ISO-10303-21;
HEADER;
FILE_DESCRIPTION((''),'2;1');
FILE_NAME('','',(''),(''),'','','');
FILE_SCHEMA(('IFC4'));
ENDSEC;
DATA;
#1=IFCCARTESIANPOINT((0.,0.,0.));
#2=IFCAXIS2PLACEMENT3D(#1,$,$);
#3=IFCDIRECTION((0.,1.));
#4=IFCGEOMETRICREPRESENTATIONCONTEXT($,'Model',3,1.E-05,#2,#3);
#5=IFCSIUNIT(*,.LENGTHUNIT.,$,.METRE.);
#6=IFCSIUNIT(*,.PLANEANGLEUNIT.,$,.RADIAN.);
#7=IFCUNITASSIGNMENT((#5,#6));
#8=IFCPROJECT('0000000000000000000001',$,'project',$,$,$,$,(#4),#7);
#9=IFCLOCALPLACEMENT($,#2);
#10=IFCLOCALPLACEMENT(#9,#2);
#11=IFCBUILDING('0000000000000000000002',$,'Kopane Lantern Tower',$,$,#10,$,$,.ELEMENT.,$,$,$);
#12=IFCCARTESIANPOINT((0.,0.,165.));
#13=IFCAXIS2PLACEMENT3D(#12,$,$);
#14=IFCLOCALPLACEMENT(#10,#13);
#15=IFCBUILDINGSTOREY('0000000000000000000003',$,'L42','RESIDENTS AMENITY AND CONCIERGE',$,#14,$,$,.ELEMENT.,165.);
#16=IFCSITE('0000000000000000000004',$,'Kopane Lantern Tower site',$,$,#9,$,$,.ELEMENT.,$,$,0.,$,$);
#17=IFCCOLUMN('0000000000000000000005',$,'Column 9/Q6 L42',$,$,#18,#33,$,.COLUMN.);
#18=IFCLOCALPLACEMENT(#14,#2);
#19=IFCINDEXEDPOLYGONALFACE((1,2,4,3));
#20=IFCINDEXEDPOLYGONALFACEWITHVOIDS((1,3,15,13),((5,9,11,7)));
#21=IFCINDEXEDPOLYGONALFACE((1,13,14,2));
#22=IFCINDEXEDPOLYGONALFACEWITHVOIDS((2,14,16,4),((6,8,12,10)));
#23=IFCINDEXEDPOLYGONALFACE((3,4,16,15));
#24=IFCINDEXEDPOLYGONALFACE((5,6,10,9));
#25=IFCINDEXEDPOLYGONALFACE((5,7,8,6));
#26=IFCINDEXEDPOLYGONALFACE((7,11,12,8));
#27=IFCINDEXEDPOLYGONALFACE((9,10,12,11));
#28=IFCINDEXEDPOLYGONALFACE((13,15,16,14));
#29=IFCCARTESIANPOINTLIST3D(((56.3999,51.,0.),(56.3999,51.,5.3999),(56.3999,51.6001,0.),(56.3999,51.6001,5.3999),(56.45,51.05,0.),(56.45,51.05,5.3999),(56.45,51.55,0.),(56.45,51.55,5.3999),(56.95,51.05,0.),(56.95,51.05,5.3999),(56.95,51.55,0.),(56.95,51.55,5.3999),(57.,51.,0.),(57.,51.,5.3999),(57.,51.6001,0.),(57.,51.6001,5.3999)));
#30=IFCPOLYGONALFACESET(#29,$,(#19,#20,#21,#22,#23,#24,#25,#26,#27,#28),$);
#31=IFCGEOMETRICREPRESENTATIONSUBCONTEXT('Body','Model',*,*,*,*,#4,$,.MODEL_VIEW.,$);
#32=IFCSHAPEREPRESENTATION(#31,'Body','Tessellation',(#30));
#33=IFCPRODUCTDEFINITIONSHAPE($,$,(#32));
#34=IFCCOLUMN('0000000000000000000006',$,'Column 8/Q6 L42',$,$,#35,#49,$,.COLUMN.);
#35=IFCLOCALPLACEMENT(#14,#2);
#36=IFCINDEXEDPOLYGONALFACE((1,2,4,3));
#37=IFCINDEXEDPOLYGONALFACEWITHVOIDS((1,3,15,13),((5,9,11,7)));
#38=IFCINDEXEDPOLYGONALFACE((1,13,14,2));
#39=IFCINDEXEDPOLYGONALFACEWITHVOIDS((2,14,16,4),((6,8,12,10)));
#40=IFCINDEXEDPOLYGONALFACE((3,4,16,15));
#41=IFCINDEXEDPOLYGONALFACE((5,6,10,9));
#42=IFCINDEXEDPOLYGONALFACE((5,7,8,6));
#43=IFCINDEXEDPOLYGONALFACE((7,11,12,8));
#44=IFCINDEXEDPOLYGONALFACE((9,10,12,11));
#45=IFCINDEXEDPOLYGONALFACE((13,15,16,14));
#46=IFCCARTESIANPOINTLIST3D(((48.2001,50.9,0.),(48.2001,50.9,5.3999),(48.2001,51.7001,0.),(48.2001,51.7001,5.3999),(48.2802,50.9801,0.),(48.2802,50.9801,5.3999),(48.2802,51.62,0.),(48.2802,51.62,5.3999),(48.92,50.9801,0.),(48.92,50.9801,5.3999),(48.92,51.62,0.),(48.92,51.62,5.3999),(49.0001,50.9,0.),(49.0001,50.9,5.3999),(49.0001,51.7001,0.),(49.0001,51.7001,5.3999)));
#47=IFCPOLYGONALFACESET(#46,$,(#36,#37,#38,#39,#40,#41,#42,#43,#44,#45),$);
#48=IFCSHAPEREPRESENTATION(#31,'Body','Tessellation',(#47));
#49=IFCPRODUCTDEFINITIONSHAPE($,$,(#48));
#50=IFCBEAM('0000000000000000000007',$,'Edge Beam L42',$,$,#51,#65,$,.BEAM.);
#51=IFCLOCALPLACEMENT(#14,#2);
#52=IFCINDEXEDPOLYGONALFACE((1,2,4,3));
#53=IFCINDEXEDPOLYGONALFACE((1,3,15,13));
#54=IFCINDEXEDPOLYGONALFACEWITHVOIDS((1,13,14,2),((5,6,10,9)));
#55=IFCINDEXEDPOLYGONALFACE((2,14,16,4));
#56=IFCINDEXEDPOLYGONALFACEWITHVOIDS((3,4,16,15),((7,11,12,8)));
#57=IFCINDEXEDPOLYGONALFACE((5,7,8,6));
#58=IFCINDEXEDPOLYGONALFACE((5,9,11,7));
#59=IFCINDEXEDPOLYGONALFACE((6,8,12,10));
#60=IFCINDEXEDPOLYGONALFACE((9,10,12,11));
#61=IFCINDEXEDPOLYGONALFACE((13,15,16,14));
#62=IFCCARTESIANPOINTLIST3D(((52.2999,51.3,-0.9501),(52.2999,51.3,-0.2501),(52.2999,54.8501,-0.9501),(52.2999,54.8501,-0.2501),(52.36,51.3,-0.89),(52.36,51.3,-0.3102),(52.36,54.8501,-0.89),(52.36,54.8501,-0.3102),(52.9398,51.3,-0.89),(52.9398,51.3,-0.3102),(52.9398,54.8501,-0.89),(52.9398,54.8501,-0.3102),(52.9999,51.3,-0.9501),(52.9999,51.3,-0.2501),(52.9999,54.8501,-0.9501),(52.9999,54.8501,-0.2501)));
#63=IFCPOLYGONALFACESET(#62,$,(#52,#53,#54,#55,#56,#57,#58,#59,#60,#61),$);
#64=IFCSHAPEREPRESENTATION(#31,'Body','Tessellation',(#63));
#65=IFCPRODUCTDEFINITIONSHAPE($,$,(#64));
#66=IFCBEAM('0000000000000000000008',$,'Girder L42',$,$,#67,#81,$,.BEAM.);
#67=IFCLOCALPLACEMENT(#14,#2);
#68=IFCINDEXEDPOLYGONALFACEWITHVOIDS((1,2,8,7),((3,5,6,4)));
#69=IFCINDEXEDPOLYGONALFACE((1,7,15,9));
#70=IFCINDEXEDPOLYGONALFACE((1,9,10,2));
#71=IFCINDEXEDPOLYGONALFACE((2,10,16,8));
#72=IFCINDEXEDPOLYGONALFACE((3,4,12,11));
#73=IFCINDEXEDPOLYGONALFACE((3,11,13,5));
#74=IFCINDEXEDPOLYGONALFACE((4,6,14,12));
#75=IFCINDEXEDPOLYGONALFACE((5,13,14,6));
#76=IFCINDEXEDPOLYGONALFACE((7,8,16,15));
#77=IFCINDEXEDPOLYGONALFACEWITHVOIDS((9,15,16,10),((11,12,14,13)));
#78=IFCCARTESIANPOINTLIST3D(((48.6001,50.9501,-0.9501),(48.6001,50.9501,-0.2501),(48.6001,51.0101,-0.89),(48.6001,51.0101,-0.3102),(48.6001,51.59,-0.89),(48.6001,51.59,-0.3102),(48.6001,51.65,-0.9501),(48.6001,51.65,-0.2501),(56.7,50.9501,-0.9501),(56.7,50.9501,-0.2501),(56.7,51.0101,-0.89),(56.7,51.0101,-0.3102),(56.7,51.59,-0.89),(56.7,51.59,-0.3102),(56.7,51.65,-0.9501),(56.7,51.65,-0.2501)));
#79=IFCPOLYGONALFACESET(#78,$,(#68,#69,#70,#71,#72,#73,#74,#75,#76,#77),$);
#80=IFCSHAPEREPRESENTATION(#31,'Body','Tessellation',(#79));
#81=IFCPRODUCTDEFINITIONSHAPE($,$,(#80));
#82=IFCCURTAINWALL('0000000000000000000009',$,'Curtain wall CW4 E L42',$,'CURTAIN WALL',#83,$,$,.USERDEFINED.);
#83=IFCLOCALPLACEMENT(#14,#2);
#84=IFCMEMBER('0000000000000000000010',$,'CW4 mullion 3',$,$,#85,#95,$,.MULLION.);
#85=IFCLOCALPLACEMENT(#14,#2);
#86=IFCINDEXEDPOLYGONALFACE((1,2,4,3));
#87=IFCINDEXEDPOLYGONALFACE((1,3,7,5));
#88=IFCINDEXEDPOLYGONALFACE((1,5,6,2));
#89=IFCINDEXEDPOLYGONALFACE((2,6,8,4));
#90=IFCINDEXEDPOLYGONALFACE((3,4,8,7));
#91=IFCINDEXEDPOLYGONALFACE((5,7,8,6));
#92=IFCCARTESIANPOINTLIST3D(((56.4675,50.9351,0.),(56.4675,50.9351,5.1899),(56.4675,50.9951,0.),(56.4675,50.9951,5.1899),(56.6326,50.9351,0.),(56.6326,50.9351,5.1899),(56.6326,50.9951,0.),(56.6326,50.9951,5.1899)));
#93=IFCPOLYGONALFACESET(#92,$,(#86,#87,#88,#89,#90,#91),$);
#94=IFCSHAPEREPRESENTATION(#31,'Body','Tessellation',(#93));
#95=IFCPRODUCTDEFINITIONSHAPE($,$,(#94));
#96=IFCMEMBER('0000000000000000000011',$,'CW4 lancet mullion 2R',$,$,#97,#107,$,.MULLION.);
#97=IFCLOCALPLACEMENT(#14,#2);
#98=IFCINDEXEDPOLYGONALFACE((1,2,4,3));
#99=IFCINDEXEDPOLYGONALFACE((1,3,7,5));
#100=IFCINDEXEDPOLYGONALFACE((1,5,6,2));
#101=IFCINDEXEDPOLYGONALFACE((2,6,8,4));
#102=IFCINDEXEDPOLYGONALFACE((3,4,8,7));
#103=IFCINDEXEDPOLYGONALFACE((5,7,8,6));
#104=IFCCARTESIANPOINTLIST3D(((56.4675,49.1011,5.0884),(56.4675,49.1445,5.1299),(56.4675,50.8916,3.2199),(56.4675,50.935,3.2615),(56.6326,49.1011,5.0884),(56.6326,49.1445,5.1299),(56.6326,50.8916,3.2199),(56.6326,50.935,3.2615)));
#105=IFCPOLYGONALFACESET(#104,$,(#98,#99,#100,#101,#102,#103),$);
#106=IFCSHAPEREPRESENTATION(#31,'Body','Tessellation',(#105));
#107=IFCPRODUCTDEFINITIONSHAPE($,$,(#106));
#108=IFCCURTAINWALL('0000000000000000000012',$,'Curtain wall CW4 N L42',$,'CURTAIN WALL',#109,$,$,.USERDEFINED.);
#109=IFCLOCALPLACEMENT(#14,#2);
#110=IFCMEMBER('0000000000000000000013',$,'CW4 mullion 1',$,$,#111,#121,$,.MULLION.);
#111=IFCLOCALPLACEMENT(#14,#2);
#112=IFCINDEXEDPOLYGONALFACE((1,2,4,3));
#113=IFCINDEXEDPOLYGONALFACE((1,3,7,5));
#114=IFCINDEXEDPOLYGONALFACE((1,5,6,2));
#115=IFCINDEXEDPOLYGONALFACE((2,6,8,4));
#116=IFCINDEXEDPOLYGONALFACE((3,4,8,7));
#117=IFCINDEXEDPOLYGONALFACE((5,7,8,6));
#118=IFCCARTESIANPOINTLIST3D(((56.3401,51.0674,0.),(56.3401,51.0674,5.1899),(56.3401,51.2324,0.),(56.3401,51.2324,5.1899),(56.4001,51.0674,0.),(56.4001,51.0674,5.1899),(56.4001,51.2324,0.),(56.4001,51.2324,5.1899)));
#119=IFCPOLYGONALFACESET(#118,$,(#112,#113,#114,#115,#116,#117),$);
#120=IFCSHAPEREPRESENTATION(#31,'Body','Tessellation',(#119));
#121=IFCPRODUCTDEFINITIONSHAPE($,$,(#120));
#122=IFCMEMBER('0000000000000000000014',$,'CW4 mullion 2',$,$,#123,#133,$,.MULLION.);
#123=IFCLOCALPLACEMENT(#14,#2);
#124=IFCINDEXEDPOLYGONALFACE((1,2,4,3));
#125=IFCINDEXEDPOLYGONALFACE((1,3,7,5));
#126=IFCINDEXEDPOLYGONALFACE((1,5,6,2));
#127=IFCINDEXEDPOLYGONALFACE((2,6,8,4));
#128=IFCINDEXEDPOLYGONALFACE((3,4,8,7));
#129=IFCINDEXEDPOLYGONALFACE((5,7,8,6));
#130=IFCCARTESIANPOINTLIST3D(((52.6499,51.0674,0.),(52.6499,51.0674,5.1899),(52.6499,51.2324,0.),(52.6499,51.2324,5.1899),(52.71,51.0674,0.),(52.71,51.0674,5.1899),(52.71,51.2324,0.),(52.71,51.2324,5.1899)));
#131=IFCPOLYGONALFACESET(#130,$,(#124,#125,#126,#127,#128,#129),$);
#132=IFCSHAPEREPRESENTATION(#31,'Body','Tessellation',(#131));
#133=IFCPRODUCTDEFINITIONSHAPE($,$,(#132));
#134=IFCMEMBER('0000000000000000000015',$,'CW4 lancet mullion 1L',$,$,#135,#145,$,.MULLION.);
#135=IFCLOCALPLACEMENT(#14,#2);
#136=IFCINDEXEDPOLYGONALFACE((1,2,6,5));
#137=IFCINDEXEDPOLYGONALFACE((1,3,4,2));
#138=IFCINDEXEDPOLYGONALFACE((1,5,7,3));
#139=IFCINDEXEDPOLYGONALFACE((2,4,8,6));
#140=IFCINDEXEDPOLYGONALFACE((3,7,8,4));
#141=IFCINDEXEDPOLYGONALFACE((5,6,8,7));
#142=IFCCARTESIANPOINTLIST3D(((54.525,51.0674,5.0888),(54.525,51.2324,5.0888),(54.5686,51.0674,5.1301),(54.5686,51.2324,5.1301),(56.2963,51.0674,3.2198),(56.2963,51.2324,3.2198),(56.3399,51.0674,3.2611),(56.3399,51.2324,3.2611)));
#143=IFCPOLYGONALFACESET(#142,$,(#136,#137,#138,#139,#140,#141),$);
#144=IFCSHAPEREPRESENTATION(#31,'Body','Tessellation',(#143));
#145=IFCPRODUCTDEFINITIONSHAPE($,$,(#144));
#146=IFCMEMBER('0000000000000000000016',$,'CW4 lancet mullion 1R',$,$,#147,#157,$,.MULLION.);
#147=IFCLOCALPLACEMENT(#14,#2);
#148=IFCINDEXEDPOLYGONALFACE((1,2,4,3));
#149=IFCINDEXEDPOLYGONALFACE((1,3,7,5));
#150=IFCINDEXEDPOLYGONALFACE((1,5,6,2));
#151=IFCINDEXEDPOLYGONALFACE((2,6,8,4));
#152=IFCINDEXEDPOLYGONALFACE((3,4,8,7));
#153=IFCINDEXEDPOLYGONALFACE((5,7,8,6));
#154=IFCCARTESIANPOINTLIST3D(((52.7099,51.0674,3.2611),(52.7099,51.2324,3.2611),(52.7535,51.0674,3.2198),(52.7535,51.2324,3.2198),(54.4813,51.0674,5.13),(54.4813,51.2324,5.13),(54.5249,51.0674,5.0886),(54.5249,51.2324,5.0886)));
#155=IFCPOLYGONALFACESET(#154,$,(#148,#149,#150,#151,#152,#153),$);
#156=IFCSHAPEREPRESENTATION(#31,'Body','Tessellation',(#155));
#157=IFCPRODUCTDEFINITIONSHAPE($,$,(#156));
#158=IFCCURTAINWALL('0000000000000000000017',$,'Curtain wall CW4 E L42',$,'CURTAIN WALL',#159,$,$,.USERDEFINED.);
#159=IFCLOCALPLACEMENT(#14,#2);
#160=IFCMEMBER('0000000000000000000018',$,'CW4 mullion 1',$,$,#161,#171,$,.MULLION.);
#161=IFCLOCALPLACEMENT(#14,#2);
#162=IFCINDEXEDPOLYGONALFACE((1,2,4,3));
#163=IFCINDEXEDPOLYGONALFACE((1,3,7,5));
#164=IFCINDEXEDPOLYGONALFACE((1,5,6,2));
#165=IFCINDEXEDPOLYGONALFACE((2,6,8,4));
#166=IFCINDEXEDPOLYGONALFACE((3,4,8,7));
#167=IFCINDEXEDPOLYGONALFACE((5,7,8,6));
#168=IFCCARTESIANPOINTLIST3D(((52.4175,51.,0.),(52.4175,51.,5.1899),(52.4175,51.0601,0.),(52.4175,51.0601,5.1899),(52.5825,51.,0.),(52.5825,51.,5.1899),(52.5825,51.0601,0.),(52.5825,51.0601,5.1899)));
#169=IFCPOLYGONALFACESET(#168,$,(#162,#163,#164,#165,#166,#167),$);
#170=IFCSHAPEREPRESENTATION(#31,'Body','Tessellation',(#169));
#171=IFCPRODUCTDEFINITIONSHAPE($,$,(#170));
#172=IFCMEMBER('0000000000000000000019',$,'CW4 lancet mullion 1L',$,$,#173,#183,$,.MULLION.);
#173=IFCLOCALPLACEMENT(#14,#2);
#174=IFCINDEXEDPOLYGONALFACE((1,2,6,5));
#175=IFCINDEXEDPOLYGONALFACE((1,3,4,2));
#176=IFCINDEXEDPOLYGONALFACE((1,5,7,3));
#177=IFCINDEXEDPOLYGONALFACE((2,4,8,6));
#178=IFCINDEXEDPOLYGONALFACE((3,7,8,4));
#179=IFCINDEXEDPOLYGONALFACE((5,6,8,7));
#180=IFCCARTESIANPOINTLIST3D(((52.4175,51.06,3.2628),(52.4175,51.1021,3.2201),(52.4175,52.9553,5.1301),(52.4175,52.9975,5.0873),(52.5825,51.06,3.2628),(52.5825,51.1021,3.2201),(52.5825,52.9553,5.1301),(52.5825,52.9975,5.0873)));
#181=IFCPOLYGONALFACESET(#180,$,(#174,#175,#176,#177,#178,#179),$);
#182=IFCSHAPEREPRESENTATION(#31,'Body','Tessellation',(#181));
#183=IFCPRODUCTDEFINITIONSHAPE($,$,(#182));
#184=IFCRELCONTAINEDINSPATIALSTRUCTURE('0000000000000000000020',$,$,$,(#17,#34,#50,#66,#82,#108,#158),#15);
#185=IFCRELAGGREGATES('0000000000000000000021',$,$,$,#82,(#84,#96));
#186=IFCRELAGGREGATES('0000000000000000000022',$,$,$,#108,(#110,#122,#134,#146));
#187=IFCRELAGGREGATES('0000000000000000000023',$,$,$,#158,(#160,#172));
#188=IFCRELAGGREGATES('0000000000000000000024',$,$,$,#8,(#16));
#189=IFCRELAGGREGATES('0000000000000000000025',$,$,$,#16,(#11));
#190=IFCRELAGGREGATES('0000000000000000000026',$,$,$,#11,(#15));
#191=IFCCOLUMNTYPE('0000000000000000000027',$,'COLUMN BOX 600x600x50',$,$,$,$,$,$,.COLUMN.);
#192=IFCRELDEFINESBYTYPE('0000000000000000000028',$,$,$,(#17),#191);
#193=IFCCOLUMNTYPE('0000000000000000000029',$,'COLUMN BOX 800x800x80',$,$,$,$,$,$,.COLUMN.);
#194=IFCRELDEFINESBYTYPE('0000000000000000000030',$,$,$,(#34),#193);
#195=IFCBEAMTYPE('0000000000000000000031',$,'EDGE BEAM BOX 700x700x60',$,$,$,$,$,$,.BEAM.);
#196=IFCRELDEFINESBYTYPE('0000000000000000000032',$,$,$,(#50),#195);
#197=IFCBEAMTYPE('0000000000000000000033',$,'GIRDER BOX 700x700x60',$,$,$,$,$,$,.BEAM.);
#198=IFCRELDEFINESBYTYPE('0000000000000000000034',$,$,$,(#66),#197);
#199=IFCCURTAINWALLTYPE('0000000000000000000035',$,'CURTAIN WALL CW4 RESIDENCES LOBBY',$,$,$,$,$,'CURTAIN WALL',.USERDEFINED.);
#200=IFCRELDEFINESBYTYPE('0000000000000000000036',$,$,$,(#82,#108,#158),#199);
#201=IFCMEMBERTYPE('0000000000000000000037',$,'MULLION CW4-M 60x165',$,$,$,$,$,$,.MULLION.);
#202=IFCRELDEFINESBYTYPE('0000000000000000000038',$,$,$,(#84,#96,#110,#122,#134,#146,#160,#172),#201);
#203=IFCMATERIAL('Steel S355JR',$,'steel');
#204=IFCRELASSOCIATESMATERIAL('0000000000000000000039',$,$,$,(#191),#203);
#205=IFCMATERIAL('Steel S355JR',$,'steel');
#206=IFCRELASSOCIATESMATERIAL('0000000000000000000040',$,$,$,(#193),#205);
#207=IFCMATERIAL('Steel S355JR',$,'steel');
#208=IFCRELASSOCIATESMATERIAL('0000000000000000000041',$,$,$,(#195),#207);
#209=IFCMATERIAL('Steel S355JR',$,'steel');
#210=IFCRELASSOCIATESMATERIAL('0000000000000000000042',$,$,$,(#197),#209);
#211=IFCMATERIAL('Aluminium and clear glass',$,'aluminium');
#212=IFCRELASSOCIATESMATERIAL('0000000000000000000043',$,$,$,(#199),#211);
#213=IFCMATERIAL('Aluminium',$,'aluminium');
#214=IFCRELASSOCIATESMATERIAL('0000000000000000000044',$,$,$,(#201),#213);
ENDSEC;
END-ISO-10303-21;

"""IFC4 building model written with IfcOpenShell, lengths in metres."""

from ifc_helpers import new_model, si_unit, direction, frame, origin, origin_2d, place, context, subcontext, project, spatial, rectangle, hollow_rectangle, extrude, material, material_profile, profile_set, type_object, element, aggregate, save


model = new_model("IFC4")

# Units and contexts
model_context = context("Model", 3, precision=1e-05, world=origin(), true_north=direction((0.0, 1.0)))
body_context = subcontext(model_context, "Body", "Model", "MODEL_VIEW")
ifc_project = project(units=[si_unit("LENGTHUNIT", "METRE"), si_unit("PLANEANGLEUNIT", "RADIAN")], contexts=[model_context])

# Site, building, storey
site_placement = place(None, origin())
site = spatial("IfcSite", under=ifc_project, at=site_placement, Name="Kopane Lantern Tower site", CompositionType="ELEMENT", RefElevation=0.0)
building_placement = place(site_placement, origin())
building = spatial("IfcBuilding", under=site, at=building_placement, Name="Kopane Lantern Tower", CompositionType="ELEMENT")
storey_placement = place(building_placement, frame((0.0, 0.0, 165.0)))
storey = spatial("IfcBuildingStorey", under=building, at=storey_placement, Name="L42", Description="RESIDENTS AMENITY AND CONCIERGE", CompositionType="ELEMENT", Elevation=165.0)

# Columns
ifc_material_1 = material(Name="Steel S355JR", Category="steel")
ifc_material_profile_1 = material_profile(ifc_material_1, hollow_rectangle(XDim=0.6001, YDim=0.6001, WallThickness=0.05, at=origin_2d()), Name="BOX 600x600x50")
ifc_profile_set_1 = profile_set([ifc_material_profile_1], Name="Steel S355JR")
column_type_1 = type_object("IfcColumnType", Name="COLUMN BOX 600x600x50", PredefinedType="COLUMN", material=ifc_profile_set_1)
column_1_placement = place(storey_placement, frame((56.7, 51.3, 0.0), z_axis=(0.0, 0.0, 1.0), x_axis=(1.0, 0.0, 0.0)))
element("IfcColumn", 1, at=column_1_placement, inside=storey, type_object=column_type_1, Name="Column 9/Q6 L42", PredefinedType="COLUMN", context=body_context, shape_type="SweptSolid", body=[
    extrude(hollow_rectangle(XDim=0.6001, YDim=0.6001, WallThickness=0.05, at=origin_2d()), origin(), (0.0, 0.0, 1.0), 5.3999),
])
ifc_material_2 = material(Name="Steel S355JR", Category="steel")
ifc_material_profile_2 = material_profile(ifc_material_2, hollow_rectangle(XDim=0.8, YDim=0.8, WallThickness=0.0801, at=origin_2d()), Name="BOX 800x800x80")
ifc_profile_set_2 = profile_set([ifc_material_profile_2], Name="Steel S355JR")
column_type_2 = type_object("IfcColumnType", Name="COLUMN BOX 800x800x80", PredefinedType="COLUMN", material=ifc_profile_set_2)
column_2_placement = place(storey_placement, frame((48.6001, 51.3, 0.0), z_axis=(0.0, 0.0, 1.0), x_axis=(1.0, 0.0, 0.0)))
element("IfcColumn", 2, at=column_2_placement, inside=storey, type_object=column_type_2, Name="Column 8/Q6 L42", PredefinedType="COLUMN", context=body_context, shape_type="SweptSolid", body=[
    extrude(hollow_rectangle(XDim=0.8, YDim=0.8, WallThickness=0.0801, at=origin_2d()), origin(), (0.0, 0.0, 1.0), 5.3999),
])

# Beams
ifc_material_3 = material(Name="Steel S355JR", Category="steel")
ifc_material_profile_3 = material_profile(ifc_material_3, hollow_rectangle(XDim=0.7, YDim=0.7, WallThickness=0.0601, at=origin_2d()), Name="BOX 700x700x60")
ifc_profile_set_3 = profile_set([ifc_material_profile_3], Name="Steel S355JR")
beam_type_1 = type_object("IfcBeamType", Name="EDGE BEAM BOX 700x700x60", PredefinedType="BEAM", material=ifc_profile_set_3)
beam_1_placement = place(storey_placement, frame((52.6499, 54.8501, -0.6001), z_axis=(0.0, -1.0, 0.0), x_axis=(1.0, 0.0, 0.0)))
element("IfcBeam", 3, at=beam_1_placement, inside=storey, type_object=beam_type_1, Name="Edge Beam L42", PredefinedType="BEAM", context=body_context, shape_type="SweptSolid", body=[
    extrude(hollow_rectangle(XDim=0.7, YDim=0.7, WallThickness=0.0601, at=origin_2d()), origin(), (0.0, 0.0, 1.0), 3.55),
])
ifc_material_4 = material(Name="Steel S355JR", Category="steel")
ifc_material_profile_4 = material_profile(ifc_material_4, hollow_rectangle(XDim=0.7, YDim=0.7, WallThickness=0.0601, at=origin_2d()), Name="BOX 700x700x60")
ifc_profile_set_4 = profile_set([ifc_material_profile_4], Name="Steel S355JR")
beam_type_2 = type_object("IfcBeamType", Name="GIRDER BOX 700x700x60", PredefinedType="BEAM", material=ifc_profile_set_4)
beam_2_placement = place(storey_placement, frame((48.6001, 51.3, -0.6001), z_axis=(1.0, 0.0, 0.0), x_axis=(0.0, 1.0, 0.0)))
element("IfcBeam", 4, at=beam_2_placement, inside=storey, type_object=beam_type_2, Name="Girder L42", PredefinedType="BEAM", context=body_context, shape_type="SweptSolid", body=[
    extrude(hollow_rectangle(XDim=0.7, YDim=0.7, WallThickness=0.0601, at=origin_2d()), origin(), (0.0, 0.0, 1.0), 8.0999),
])

# Curtain walls, members
ifc_material_5 = material(Name="Aluminium and clear glass", Category="aluminium")
curtain_wall_type = type_object("IfcCurtainWallType", Name="CURTAIN WALL CW4 RESIDENCES LOBBY", ElementType="CURTAIN WALL", PredefinedType="USERDEFINED", material=ifc_material_5)
curtain_wall_1_placement = place(storey_placement, origin())
curtain_wall_1 = element("IfcCurtainWall", 5, at=curtain_wall_1_placement, inside=storey, type_object=curtain_wall_type, Name="Curtain wall CW4 E L42", ObjectType="CURTAIN WALL", PredefinedType="USERDEFINED")
ifc_material_6 = material(Name="Aluminium", Category="aluminium")
ifc_material_profile_5 = material_profile(ifc_material_6, rectangle(XDim=0.0601, YDim=0.165, at=origin_2d()), Name="AL 60x165")
ifc_profile_set_5 = profile_set([ifc_material_profile_5], Name="Aluminium")
member_type_1 = type_object("IfcMemberType", Name="MULLION CW4-M 60x165", PredefinedType="MULLION", material=ifc_profile_set_5)
member_1_placement = place(storey_placement, frame((56.55, 50.9651, 0.0), z_axis=(0.0, 0.0, 1.0), x_axis=(0.0, 1.0, 0.0)))
member_1 = element("IfcMember", 6, at=member_1_placement, type_object=member_type_1, Name="CW4 mullion 3", PredefinedType="MULLION", context=body_context, shape_type="SweptSolid", body=[
    extrude(rectangle(XDim=0.0601, YDim=0.165, at=origin_2d()), origin(), (0.0, 0.0, 1.0), 5.1899),
])
member_2_placement = place(storey_placement, frame((56.55, 50.9133, 3.2407), z_axis=(0.0, -0.691899, 0.721994), x_axis=(0.0, 0.721994, 0.691899)))
member_2 = element("IfcMember", 7, at=member_2_placement, type_object=member_type_1, Name="CW4 lancet mullion 2R", PredefinedType="MULLION", context=body_context, shape_type="SweptSolid", body=[
    extrude(rectangle(XDim=0.0601, YDim=0.165, at=origin_2d()), origin(), (0.0, 0.0, 1.0), 2.5879),
])
curtain_wall_2_placement = place(storey_placement, origin())
curtain_wall_2 = element("IfcCurtainWall", 8, at=curtain_wall_2_placement, inside=storey, type_object=curtain_wall_type, Name="Curtain wall CW4 N L42", ObjectType="CURTAIN WALL", PredefinedType="USERDEFINED")
member_3_placement = place(storey_placement, frame((56.3701, 51.1499, 0.0), z_axis=(0.0, 0.0, 1.0), x_axis=(-1.0, 0.0, 0.0)))
member_3 = element("IfcMember", 9, at=member_3_placement, type_object=member_type_1, Name="CW4 mullion 1", PredefinedType="MULLION", context=body_context, shape_type="SweptSolid", body=[
    extrude(rectangle(XDim=0.0601, YDim=0.165, at=origin_2d()), origin(), (0.0, 0.0, 1.0), 5.1899),
])
member_4_placement = place(storey_placement, frame((52.6799, 51.1499, 0.0), z_axis=(0.0, 0.0, 1.0), x_axis=(-1.0, 0.0, 0.0)))
member_4 = element("IfcMember", 10, at=member_4_placement, type_object=member_type_1, Name="CW4 mullion 2", PredefinedType="MULLION", context=body_context, shape_type="SweptSolid", body=[
    extrude(rectangle(XDim=0.0601, YDim=0.165, at=origin_2d()), origin(), (0.0, 0.0, 1.0), 5.1899),
])
member_5_placement = place(storey_placement, frame((56.3181, 51.1499, 3.2405), z_axis=(-0.687889, 0.0, 0.725816), x_axis=(0.725816, 0.0, 0.687889)))
member_5 = element("IfcMember", 11, at=member_5_placement, type_object=member_type_1, Name="CW4 lancet mullion 1L", PredefinedType="MULLION", context=body_context, shape_type="SweptSolid", body=[
    extrude(rectangle(XDim=0.0601, YDim=0.165, at=origin_2d()), origin(), (0.0, 0.0, 1.0), 2.575),
])
member_6_placement = place(storey_placement, frame((52.7317, 51.1499, 3.2405), z_axis=(0.687939, 0.0, 0.725768), x_axis=(-0.725768, 0.0, 0.687939)))
member_6 = element("IfcMember", 12, at=member_6_placement, type_object=member_type_1, Name="CW4 lancet mullion 1R", PredefinedType="MULLION", context=body_context, shape_type="SweptSolid", body=[
    extrude(rectangle(XDim=0.0601, YDim=0.165, at=origin_2d()), origin(), (0.0, 0.0, 1.0), 2.575),
])
curtain_wall_3_placement = place(storey_placement, origin())
curtain_wall_3 = element("IfcCurtainWall", 13, at=curtain_wall_3_placement, inside=storey, type_object=curtain_wall_type, Name="Curtain wall CW4 E L42", ObjectType="CURTAIN WALL", PredefinedType="USERDEFINED")
member_7_placement = place(storey_placement, frame((52.5, 51.03, 0.0), z_axis=(0.0, 0.0, 1.0), x_axis=(0.0, 1.0, 0.0)))
member_7 = element("IfcMember", 14, at=member_7_placement, type_object=member_type_1, Name="CW4 mullion 1", PredefinedType="MULLION", context=body_context, shape_type="SweptSolid", body=[
    extrude(rectangle(XDim=0.0601, YDim=0.165, at=origin_2d()), origin(), (0.0, 0.0, 1.0), 5.1899),
])
member_8_placement = place(storey_placement, frame((52.5, 51.0811, 3.2415), z_axis=(0.0, 0.712364, 0.701811), x_axis=(0.0, -0.701811, 0.712364)))
member_8 = element("IfcMember", 15, at=member_8_placement, type_object=member_type_1, Name="CW4 lancet mullion 1L", PredefinedType="MULLION", context=body_context, shape_type="SweptSolid", body=[
    extrude(rectangle(XDim=0.0601, YDim=0.165, at=origin_2d()), origin(), (0.0, 0.0, 1.0), 2.6606),
])

aggregate(curtain_wall_1, [member_1, member_2])
aggregate(curtain_wall_2, [member_3, member_4, member_5, member_6])
aggregate(curtain_wall_3, [member_7, member_8])

save(model, "model.ifc")
